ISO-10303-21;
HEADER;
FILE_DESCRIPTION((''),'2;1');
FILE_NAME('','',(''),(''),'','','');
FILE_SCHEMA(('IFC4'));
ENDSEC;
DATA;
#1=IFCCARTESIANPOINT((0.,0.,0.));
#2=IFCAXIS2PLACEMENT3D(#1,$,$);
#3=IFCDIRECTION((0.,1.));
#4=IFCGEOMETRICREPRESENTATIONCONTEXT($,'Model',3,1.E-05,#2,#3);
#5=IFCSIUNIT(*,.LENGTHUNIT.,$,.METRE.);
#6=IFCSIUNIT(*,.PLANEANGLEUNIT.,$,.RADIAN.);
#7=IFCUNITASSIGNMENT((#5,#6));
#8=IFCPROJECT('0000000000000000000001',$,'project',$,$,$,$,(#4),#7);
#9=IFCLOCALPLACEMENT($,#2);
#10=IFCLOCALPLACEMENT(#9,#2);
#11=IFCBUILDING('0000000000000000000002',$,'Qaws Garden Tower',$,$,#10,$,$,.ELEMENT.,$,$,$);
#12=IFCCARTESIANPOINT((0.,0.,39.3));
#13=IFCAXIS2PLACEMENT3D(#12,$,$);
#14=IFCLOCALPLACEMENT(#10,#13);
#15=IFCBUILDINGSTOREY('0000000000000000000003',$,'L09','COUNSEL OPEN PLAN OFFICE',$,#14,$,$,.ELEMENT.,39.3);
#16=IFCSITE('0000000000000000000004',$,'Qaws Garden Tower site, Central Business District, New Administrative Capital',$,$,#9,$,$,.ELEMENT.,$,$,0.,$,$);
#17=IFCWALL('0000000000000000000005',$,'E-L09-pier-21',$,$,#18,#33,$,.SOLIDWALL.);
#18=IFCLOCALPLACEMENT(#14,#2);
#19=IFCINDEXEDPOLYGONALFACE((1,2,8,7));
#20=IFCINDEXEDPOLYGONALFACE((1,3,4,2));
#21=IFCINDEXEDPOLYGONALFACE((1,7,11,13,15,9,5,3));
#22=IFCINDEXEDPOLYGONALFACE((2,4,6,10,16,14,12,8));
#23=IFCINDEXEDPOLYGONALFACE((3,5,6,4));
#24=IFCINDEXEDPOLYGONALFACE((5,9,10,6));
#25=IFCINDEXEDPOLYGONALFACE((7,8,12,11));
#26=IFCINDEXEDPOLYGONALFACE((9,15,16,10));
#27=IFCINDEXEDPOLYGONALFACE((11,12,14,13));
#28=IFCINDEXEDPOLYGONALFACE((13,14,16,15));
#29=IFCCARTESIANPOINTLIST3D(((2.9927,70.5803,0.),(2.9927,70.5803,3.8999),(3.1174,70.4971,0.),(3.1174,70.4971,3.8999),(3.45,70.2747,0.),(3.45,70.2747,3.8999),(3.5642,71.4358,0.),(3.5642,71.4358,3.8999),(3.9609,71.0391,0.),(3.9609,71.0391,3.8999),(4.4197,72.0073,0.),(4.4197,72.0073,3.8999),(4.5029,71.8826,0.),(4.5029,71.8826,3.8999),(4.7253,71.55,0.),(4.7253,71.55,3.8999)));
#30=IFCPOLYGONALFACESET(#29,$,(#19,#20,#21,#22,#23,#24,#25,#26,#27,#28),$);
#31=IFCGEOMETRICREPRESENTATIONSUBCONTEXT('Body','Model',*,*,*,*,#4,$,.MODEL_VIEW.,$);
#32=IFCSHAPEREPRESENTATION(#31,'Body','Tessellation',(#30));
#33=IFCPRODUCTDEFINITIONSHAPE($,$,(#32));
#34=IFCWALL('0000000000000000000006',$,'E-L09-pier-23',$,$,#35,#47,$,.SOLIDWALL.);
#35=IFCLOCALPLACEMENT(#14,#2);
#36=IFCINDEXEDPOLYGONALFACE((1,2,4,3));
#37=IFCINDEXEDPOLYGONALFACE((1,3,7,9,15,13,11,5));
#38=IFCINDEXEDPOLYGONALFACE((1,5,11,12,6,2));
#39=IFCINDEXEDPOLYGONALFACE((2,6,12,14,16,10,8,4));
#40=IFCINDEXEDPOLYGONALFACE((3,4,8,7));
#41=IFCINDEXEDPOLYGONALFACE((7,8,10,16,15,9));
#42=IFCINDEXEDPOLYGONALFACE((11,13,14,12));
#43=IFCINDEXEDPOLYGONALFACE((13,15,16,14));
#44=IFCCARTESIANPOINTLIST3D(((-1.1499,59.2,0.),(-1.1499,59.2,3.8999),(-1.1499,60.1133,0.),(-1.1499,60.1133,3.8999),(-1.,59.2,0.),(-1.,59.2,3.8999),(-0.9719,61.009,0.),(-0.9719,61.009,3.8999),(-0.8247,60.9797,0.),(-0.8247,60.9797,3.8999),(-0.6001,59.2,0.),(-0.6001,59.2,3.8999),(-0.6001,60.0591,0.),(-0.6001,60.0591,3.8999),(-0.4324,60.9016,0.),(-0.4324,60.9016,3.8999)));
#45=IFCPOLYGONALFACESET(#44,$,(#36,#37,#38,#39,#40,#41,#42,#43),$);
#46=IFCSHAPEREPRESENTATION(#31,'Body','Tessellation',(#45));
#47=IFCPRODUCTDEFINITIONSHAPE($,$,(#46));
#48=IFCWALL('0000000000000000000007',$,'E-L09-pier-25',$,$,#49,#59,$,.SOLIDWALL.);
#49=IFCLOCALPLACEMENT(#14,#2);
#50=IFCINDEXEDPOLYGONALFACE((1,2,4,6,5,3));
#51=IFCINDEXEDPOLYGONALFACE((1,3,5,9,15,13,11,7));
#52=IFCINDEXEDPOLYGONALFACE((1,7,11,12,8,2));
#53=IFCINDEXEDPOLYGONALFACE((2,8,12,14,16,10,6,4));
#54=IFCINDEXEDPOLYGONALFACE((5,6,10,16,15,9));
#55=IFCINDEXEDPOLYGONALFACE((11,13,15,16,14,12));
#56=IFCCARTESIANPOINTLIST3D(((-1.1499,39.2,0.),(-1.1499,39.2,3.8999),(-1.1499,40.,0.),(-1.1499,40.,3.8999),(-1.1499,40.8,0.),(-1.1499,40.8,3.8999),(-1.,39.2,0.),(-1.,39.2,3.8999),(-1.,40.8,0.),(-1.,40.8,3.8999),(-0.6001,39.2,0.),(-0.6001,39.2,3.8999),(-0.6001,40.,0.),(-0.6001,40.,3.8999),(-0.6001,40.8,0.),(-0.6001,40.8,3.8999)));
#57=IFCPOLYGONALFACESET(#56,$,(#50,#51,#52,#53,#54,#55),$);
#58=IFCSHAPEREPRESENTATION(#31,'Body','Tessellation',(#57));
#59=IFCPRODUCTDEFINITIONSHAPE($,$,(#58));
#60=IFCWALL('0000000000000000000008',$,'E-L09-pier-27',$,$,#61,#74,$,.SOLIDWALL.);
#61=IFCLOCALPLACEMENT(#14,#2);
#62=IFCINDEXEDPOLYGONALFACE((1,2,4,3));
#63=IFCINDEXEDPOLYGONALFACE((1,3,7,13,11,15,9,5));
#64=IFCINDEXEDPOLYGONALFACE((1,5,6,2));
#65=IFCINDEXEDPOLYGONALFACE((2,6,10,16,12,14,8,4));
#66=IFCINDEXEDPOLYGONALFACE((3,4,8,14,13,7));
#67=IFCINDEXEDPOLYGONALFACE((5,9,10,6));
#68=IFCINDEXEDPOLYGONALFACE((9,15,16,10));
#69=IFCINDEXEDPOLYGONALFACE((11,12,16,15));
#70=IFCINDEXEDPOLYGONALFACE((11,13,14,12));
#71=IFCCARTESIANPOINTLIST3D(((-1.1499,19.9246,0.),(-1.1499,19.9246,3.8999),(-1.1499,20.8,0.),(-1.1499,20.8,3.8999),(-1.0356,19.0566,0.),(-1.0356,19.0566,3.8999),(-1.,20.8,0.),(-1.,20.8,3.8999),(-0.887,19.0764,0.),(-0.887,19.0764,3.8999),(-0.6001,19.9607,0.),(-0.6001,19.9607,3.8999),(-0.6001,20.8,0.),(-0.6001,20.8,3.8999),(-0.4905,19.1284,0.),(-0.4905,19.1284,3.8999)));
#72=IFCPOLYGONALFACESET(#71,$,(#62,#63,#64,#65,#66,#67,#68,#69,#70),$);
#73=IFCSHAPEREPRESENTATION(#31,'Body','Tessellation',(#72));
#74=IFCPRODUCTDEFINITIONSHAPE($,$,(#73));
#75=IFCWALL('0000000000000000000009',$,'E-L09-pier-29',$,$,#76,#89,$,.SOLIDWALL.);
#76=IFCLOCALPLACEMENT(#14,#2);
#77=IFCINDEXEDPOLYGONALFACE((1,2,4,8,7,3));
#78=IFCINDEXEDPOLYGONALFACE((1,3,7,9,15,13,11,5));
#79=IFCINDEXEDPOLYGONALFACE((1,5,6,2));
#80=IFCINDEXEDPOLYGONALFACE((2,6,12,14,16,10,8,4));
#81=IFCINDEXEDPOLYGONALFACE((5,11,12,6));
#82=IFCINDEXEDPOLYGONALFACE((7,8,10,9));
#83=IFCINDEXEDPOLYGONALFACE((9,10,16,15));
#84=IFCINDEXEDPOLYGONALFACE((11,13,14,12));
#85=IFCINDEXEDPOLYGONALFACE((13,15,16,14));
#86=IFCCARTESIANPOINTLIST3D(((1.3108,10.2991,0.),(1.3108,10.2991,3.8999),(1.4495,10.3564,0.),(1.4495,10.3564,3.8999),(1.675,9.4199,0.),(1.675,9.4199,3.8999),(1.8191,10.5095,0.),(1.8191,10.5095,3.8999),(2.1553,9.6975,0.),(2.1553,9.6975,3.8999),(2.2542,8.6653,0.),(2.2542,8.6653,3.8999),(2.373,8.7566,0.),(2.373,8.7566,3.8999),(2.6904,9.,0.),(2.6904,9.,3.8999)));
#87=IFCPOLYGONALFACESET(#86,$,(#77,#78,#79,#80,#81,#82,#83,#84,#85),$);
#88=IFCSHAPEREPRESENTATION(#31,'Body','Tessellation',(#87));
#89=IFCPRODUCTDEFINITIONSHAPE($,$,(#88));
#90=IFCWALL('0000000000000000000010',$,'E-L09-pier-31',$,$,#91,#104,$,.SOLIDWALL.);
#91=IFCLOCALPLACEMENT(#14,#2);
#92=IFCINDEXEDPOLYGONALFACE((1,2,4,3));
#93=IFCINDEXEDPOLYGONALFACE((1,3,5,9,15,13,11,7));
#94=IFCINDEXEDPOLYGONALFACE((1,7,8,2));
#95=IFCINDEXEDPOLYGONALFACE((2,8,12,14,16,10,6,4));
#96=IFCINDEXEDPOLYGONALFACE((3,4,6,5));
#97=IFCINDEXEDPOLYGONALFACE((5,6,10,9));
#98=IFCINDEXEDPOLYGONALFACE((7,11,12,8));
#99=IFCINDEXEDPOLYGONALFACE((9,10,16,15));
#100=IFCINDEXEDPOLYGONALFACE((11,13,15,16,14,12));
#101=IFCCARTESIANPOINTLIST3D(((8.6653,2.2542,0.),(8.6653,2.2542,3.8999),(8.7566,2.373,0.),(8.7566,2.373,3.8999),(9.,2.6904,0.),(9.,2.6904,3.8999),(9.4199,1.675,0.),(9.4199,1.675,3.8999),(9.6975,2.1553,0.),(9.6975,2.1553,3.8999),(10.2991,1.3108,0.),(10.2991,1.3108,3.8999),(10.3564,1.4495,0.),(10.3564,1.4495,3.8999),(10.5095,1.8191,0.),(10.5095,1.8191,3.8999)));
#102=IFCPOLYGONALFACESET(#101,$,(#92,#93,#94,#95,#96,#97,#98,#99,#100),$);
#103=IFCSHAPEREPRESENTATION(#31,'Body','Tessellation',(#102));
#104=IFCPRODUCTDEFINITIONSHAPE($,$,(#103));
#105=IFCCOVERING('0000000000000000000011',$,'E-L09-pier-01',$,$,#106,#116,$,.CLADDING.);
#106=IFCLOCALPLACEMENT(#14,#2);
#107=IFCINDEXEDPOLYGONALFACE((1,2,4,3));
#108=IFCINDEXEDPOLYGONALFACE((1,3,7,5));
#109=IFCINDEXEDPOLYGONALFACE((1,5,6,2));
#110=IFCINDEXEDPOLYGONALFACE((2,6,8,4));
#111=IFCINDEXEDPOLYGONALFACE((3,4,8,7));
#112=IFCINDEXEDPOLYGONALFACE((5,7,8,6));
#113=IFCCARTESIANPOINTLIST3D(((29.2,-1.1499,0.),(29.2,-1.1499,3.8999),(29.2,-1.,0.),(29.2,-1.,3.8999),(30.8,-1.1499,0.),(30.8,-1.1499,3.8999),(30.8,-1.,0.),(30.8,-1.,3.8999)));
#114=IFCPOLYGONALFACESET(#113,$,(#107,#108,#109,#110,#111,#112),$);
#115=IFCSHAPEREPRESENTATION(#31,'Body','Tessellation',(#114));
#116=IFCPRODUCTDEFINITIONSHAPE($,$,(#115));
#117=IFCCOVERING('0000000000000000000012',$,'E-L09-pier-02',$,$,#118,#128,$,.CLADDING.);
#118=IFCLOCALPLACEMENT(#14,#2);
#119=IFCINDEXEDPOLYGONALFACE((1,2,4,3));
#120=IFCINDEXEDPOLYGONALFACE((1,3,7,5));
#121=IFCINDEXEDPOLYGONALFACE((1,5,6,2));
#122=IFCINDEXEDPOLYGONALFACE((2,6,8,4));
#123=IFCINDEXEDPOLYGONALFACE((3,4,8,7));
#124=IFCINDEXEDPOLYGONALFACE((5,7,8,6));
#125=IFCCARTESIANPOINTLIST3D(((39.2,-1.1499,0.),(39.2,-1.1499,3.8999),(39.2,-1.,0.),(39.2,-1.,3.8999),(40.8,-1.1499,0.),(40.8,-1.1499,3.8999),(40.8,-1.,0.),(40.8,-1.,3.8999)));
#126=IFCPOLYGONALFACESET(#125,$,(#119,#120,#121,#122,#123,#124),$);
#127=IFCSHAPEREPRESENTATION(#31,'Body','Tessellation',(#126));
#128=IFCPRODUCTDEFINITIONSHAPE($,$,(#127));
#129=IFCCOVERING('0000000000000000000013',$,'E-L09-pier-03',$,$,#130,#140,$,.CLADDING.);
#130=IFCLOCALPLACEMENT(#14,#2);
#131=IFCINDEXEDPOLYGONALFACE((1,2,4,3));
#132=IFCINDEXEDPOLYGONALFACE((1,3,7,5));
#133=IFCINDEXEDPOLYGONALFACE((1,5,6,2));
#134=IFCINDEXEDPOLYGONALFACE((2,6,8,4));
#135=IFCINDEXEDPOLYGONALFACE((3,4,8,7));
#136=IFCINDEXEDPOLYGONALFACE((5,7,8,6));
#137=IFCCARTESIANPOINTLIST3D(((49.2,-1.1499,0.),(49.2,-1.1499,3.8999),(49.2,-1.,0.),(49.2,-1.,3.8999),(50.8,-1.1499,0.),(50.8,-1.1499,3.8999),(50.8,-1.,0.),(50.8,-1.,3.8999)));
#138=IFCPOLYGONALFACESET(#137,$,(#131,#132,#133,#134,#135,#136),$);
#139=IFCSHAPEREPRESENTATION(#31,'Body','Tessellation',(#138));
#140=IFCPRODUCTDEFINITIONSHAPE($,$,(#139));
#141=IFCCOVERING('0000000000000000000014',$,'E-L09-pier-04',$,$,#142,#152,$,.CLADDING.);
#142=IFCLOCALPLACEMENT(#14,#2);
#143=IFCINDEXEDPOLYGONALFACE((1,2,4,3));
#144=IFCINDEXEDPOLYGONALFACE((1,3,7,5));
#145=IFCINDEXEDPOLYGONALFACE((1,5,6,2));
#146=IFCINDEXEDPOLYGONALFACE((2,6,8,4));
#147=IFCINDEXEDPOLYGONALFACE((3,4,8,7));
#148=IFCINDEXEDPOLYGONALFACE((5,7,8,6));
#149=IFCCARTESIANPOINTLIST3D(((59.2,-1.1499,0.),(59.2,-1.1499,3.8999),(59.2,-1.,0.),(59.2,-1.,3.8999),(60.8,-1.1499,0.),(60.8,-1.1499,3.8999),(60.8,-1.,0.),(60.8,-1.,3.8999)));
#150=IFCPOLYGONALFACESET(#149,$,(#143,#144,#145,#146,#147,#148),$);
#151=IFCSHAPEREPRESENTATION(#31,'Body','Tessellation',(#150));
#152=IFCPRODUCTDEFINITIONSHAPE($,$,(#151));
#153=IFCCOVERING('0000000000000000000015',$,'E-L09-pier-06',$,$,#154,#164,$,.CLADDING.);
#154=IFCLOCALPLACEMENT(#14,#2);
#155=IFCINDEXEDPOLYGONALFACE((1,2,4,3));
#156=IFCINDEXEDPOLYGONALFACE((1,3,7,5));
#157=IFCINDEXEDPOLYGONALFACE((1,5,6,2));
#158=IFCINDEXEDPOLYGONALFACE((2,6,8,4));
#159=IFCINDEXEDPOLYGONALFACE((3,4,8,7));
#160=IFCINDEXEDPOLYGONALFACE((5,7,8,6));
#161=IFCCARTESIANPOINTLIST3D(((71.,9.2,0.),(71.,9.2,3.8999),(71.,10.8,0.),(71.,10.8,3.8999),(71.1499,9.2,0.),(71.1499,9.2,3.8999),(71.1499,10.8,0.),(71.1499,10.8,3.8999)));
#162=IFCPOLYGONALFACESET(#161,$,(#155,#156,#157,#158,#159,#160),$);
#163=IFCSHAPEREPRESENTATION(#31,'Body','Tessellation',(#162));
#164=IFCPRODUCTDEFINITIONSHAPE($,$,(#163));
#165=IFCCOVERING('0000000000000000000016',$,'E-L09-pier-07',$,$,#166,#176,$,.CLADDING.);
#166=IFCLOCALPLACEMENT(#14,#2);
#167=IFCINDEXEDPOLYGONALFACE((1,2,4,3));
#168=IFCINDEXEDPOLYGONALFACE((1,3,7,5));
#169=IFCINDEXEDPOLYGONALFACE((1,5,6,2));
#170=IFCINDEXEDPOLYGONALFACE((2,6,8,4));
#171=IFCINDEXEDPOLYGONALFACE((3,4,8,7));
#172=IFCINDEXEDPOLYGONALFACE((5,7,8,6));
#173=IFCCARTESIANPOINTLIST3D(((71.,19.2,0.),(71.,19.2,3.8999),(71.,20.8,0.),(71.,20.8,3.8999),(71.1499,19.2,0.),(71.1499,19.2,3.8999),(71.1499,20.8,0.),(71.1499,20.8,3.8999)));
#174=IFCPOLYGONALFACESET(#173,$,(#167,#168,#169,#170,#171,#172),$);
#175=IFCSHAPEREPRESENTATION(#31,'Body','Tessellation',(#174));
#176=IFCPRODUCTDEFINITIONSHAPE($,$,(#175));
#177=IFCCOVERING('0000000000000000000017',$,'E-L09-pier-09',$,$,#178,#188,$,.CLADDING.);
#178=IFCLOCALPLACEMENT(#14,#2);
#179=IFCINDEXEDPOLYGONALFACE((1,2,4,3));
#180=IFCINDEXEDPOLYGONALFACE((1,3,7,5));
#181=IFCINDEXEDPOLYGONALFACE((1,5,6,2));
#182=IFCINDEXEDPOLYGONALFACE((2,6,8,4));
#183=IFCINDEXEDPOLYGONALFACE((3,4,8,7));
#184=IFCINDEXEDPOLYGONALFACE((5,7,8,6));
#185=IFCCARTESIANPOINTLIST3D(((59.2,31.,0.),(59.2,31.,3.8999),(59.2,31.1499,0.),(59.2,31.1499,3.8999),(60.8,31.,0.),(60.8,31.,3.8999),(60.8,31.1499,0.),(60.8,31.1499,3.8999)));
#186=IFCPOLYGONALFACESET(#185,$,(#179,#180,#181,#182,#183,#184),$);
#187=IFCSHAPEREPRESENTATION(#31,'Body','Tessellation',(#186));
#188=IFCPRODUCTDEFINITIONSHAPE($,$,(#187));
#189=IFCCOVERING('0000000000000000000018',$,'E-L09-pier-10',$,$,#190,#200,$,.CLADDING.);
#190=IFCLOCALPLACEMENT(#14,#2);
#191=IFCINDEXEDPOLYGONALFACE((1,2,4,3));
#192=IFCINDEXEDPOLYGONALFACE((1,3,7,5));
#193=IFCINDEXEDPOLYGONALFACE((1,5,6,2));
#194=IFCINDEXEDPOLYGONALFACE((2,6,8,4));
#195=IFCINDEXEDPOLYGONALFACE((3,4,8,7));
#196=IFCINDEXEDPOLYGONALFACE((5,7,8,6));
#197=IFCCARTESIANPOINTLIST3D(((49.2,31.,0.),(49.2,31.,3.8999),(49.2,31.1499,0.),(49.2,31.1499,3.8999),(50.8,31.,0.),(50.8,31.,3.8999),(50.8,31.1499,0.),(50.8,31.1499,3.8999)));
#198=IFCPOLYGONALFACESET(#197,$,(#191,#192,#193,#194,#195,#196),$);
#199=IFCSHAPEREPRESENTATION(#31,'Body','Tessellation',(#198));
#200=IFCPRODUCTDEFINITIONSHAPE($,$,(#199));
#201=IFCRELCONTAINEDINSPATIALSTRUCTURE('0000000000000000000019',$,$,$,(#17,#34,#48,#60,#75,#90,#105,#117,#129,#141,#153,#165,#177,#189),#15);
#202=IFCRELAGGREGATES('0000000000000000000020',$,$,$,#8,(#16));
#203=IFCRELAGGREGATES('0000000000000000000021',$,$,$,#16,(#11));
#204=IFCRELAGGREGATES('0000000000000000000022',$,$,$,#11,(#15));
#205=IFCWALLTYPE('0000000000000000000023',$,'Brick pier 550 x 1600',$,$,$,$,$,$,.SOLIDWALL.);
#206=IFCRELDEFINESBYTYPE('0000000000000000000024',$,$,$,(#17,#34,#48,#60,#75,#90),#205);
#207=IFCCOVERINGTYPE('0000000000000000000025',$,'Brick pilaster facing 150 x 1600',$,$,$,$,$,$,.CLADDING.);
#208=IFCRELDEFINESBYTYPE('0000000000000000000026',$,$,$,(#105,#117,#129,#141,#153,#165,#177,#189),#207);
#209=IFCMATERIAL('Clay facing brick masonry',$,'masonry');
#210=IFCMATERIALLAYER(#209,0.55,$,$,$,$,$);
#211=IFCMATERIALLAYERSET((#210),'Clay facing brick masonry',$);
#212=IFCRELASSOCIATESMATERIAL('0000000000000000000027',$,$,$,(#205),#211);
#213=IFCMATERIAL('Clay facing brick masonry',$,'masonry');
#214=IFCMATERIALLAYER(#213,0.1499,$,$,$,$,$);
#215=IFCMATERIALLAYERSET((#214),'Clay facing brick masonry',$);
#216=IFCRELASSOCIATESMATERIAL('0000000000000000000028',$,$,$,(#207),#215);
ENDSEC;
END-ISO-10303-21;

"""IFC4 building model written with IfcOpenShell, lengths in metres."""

from ifc_helpers import new_model, si_unit, direction, frame, origin, place, context, subcontext, project, spatial, polyline, outline, extrude, material, layer, layer_set, type_object, element, save


model = new_model("IFC4")

# Units and contexts
model_context = context("Model", 3, precision=1e-05, world=origin(), true_north=direction((0.0, 1.0)))
body_context = subcontext(model_context, "Body", "Model", "MODEL_VIEW")
ifc_project = project(units=[si_unit("LENGTHUNIT", "METRE"), si_unit("PLANEANGLEUNIT", "RADIAN")], contexts=[model_context])

# Site, building, storey
site_placement = place(None, origin())
site = spatial("IfcSite", under=ifc_project, at=site_placement, Name="Qaws Garden Tower site, Central Business District, New Administrative Capital", CompositionType="ELEMENT", RefElevation=0.0)
building_placement = place(site_placement, origin())
building = spatial("IfcBuilding", under=site, at=building_placement, Name="Qaws Garden Tower", CompositionType="ELEMENT")
storey_placement = place(building_placement, frame((0.0, 0.0, 39.3)))
storey = spatial("IfcBuildingStorey", under=building, at=storey_placement, Name="L09", Description="COUNSEL OPEN PLAN OFFICE", CompositionType="ELEMENT", Elevation=39.3)

# Walls
placement = place(storey_placement, origin())
ifc_material_1 = material(Name="Clay facing brick masonry", Category="masonry")
ifc_layer_1 = layer(ifc_material_1, 0.55)
ifc_layer_set_1 = layer_set([ifc_layer_1], Name="Clay facing brick masonry")
wall_type_1 = type_object("IfcWallType", Name="Brick pier 550 x 1600", PredefinedType="SOLIDWALL", material=ifc_layer_set_1)
element("IfcWall", 1, at=placement, inside=storey, type_object=wall_type_1, Name="E-L09-pier-21", PredefinedType="SOLIDWALL", context=body_context, shape_type="SweptSolid", body=[
    extrude(outline(polyline([(4.5029, 71.8826), (4.4197, 72.0073), (3.5642, 71.4358), (2.9927, 70.5803), (3.1174, 70.4971), (3.45, 70.2747), (3.9609, 71.0391), (4.7253, 71.55), (4.5029, 71.8826)])), origin(), (0.0, 0.0, 1.0), 3.8999),
])
element("IfcWall", 2, at=placement, inside=storey, type_object=wall_type_1, Name="E-L09-pier-23", PredefinedType="SOLIDWALL", context=body_context, shape_type="SweptSolid", body=[
    extrude(outline(polyline([(-0.8247, 60.9797), (-0.9719, 61.009), (-1.1499, 60.1133), (-1.1499, 59.2), (-1.0, 59.2), (-0.6001, 59.2), (-0.6001, 60.0591), (-0.4324, 60.9016), (-0.8247, 60.9797)])), origin(), (0.0, 0.0, 1.0), 3.8999),
])
element("IfcWall", 3, at=placement, inside=storey, type_object=wall_type_1, Name="E-L09-pier-25", PredefinedType="SOLIDWALL", context=body_context, shape_type="SweptSolid", body=[
    extrude(outline(polyline([(-1.0, 40.8), (-1.1499, 40.8), (-1.1499, 40.0), (-1.1499, 39.2), (-1.0, 39.2), (-0.6001, 39.2), (-0.6001, 40.0), (-0.6001, 40.8), (-1.0, 40.8)])), origin(), (0.0, 0.0, 1.0), 3.8999),
])
element("IfcWall", 4, at=placement, inside=storey, type_object=wall_type_1, Name="E-L09-pier-27", PredefinedType="SOLIDWALL", context=body_context, shape_type="SweptSolid", body=[
    extrude(outline(polyline([(-1.0, 20.8), (-1.1499, 20.8), (-1.1499, 19.9246), (-1.0356, 19.0566), (-0.887, 19.0764), (-0.4905, 19.1284), (-0.6001, 19.9607), (-0.6001, 20.8), (-1.0, 20.8)])), origin(), (0.0, 0.0, 1.0), 3.8999),
])
element("IfcWall", 5, at=placement, inside=storey, type_object=wall_type_1, Name="E-L09-pier-29", PredefinedType="SOLIDWALL", context=body_context, shape_type="SweptSolid", body=[
    extrude(outline(polyline([(1.4495, 10.3564), (1.3108, 10.2991), (1.675, 9.4199), (2.2542, 8.6653), (2.373, 8.7566), (2.6904, 9.0), (2.1553, 9.6975), (1.8191, 10.5095), (1.4495, 10.3564)])), origin(), (0.0, 0.0, 1.0), 3.8999),
])
element("IfcWall", 6, at=placement, inside=storey, type_object=wall_type_1, Name="E-L09-pier-31", PredefinedType="SOLIDWALL", context=body_context, shape_type="SweptSolid", body=[
    extrude(outline(polyline([(8.7566, 2.373), (8.6653, 2.2542), (9.4199, 1.675), (10.2991, 1.3108), (10.3564, 1.4495), (10.5095, 1.8191), (9.6975, 2.1553), (9.0, 2.6904), (8.7566, 2.373)])), origin(), (0.0, 0.0, 1.0), 3.8999),
])

# Coverings
ifc_material_2 = material(Name="Clay facing brick masonry", Category="masonry")
ifc_layer_2 = layer(ifc_material_2, 0.1499)
ifc_layer_set_2 = layer_set([ifc_layer_2], Name="Clay facing brick masonry")
covering_type = type_object("IfcCoveringType", Name="Brick pilaster facing 150 x 1600", PredefinedType="CLADDING", material=ifc_layer_set_2)
element("IfcCovering", 7, at=placement, inside=storey, type_object=covering_type, Name="E-L09-pier-01", PredefinedType="CLADDING", context=body_context, shape_type="SweptSolid", body=[
    extrude(outline(polyline([(29.2, -1.0), (30.8, -1.0), (30.8, -1.1499), (29.2, -1.1499), (29.2, -1.0)])), origin(), (0.0, 0.0, 1.0), 3.8999),
])
element("IfcCovering", 8, at=placement, inside=storey, type_object=covering_type, Name="E-L09-pier-02", PredefinedType="CLADDING", context=body_context, shape_type="SweptSolid", body=[
    extrude(outline(polyline([(39.2, -1.0), (40.8, -1.0), (40.8, -1.1499), (39.2, -1.1499), (39.2, -1.0)])), origin(), (0.0, 0.0, 1.0), 3.8999),
])
element("IfcCovering", 9, at=placement, inside=storey, type_object=covering_type, Name="E-L09-pier-03", PredefinedType="CLADDING", context=body_context, shape_type="SweptSolid", body=[
    extrude(outline(polyline([(49.2, -1.0), (50.8, -1.0), (50.8, -1.1499), (49.2, -1.1499), (49.2, -1.0)])), origin(), (0.0, 0.0, 1.0), 3.8999),
])
element("IfcCovering", 10, at=placement, inside=storey, type_object=covering_type, Name="E-L09-pier-04", PredefinedType="CLADDING", context=body_context, shape_type="SweptSolid", body=[
    extrude(outline(polyline([(59.2, -1.0), (60.8, -1.0), (60.8, -1.1499), (59.2, -1.1499), (59.2, -1.0)])), origin(), (0.0, 0.0, 1.0), 3.8999),
])
element("IfcCovering", 11, at=placement, inside=storey, type_object=covering_type, Name="E-L09-pier-06", PredefinedType="CLADDING", context=body_context, shape_type="SweptSolid", body=[
    extrude(outline(polyline([(71.0, 9.2), (71.0, 10.8), (71.1499, 10.8), (71.1499, 9.2), (71.0, 9.2)])), origin(), (0.0, 0.0, 1.0), 3.8999),
])
element("IfcCovering", 12, at=placement, inside=storey, type_object=covering_type, Name="E-L09-pier-07", PredefinedType="CLADDING", context=body_context, shape_type="SweptSolid", body=[
    extrude(outline(polyline([(71.0, 19.2), (71.0, 20.8), (71.1499, 20.8), (71.1499, 19.2), (71.0, 19.2)])), origin(), (0.0, 0.0, 1.0), 3.8999),
])
element("IfcCovering", 13, at=placement, inside=storey, type_object=covering_type, Name="E-L09-pier-09", PredefinedType="CLADDING", context=body_context, shape_type="SweptSolid", body=[
    extrude(outline(polyline([(60.8, 31.0), (59.2, 31.0), (59.2, 31.1499), (60.8, 31.1499), (60.8, 31.0)])), origin(), (0.0, 0.0, 1.0), 3.8999),
])
element("IfcCovering", 14, at=placement, inside=storey, type_object=covering_type, Name="E-L09-pier-10", PredefinedType="CLADDING", context=body_context, shape_type="SweptSolid", body=[
    extrude(outline(polyline([(50.8, 31.0), (49.2, 31.0), (49.2, 31.1499), (50.8, 31.1499), (50.8, 31.0)])), origin(), (0.0, 0.0, 1.0), 3.8999),
])

save(model, "model.ifc")
